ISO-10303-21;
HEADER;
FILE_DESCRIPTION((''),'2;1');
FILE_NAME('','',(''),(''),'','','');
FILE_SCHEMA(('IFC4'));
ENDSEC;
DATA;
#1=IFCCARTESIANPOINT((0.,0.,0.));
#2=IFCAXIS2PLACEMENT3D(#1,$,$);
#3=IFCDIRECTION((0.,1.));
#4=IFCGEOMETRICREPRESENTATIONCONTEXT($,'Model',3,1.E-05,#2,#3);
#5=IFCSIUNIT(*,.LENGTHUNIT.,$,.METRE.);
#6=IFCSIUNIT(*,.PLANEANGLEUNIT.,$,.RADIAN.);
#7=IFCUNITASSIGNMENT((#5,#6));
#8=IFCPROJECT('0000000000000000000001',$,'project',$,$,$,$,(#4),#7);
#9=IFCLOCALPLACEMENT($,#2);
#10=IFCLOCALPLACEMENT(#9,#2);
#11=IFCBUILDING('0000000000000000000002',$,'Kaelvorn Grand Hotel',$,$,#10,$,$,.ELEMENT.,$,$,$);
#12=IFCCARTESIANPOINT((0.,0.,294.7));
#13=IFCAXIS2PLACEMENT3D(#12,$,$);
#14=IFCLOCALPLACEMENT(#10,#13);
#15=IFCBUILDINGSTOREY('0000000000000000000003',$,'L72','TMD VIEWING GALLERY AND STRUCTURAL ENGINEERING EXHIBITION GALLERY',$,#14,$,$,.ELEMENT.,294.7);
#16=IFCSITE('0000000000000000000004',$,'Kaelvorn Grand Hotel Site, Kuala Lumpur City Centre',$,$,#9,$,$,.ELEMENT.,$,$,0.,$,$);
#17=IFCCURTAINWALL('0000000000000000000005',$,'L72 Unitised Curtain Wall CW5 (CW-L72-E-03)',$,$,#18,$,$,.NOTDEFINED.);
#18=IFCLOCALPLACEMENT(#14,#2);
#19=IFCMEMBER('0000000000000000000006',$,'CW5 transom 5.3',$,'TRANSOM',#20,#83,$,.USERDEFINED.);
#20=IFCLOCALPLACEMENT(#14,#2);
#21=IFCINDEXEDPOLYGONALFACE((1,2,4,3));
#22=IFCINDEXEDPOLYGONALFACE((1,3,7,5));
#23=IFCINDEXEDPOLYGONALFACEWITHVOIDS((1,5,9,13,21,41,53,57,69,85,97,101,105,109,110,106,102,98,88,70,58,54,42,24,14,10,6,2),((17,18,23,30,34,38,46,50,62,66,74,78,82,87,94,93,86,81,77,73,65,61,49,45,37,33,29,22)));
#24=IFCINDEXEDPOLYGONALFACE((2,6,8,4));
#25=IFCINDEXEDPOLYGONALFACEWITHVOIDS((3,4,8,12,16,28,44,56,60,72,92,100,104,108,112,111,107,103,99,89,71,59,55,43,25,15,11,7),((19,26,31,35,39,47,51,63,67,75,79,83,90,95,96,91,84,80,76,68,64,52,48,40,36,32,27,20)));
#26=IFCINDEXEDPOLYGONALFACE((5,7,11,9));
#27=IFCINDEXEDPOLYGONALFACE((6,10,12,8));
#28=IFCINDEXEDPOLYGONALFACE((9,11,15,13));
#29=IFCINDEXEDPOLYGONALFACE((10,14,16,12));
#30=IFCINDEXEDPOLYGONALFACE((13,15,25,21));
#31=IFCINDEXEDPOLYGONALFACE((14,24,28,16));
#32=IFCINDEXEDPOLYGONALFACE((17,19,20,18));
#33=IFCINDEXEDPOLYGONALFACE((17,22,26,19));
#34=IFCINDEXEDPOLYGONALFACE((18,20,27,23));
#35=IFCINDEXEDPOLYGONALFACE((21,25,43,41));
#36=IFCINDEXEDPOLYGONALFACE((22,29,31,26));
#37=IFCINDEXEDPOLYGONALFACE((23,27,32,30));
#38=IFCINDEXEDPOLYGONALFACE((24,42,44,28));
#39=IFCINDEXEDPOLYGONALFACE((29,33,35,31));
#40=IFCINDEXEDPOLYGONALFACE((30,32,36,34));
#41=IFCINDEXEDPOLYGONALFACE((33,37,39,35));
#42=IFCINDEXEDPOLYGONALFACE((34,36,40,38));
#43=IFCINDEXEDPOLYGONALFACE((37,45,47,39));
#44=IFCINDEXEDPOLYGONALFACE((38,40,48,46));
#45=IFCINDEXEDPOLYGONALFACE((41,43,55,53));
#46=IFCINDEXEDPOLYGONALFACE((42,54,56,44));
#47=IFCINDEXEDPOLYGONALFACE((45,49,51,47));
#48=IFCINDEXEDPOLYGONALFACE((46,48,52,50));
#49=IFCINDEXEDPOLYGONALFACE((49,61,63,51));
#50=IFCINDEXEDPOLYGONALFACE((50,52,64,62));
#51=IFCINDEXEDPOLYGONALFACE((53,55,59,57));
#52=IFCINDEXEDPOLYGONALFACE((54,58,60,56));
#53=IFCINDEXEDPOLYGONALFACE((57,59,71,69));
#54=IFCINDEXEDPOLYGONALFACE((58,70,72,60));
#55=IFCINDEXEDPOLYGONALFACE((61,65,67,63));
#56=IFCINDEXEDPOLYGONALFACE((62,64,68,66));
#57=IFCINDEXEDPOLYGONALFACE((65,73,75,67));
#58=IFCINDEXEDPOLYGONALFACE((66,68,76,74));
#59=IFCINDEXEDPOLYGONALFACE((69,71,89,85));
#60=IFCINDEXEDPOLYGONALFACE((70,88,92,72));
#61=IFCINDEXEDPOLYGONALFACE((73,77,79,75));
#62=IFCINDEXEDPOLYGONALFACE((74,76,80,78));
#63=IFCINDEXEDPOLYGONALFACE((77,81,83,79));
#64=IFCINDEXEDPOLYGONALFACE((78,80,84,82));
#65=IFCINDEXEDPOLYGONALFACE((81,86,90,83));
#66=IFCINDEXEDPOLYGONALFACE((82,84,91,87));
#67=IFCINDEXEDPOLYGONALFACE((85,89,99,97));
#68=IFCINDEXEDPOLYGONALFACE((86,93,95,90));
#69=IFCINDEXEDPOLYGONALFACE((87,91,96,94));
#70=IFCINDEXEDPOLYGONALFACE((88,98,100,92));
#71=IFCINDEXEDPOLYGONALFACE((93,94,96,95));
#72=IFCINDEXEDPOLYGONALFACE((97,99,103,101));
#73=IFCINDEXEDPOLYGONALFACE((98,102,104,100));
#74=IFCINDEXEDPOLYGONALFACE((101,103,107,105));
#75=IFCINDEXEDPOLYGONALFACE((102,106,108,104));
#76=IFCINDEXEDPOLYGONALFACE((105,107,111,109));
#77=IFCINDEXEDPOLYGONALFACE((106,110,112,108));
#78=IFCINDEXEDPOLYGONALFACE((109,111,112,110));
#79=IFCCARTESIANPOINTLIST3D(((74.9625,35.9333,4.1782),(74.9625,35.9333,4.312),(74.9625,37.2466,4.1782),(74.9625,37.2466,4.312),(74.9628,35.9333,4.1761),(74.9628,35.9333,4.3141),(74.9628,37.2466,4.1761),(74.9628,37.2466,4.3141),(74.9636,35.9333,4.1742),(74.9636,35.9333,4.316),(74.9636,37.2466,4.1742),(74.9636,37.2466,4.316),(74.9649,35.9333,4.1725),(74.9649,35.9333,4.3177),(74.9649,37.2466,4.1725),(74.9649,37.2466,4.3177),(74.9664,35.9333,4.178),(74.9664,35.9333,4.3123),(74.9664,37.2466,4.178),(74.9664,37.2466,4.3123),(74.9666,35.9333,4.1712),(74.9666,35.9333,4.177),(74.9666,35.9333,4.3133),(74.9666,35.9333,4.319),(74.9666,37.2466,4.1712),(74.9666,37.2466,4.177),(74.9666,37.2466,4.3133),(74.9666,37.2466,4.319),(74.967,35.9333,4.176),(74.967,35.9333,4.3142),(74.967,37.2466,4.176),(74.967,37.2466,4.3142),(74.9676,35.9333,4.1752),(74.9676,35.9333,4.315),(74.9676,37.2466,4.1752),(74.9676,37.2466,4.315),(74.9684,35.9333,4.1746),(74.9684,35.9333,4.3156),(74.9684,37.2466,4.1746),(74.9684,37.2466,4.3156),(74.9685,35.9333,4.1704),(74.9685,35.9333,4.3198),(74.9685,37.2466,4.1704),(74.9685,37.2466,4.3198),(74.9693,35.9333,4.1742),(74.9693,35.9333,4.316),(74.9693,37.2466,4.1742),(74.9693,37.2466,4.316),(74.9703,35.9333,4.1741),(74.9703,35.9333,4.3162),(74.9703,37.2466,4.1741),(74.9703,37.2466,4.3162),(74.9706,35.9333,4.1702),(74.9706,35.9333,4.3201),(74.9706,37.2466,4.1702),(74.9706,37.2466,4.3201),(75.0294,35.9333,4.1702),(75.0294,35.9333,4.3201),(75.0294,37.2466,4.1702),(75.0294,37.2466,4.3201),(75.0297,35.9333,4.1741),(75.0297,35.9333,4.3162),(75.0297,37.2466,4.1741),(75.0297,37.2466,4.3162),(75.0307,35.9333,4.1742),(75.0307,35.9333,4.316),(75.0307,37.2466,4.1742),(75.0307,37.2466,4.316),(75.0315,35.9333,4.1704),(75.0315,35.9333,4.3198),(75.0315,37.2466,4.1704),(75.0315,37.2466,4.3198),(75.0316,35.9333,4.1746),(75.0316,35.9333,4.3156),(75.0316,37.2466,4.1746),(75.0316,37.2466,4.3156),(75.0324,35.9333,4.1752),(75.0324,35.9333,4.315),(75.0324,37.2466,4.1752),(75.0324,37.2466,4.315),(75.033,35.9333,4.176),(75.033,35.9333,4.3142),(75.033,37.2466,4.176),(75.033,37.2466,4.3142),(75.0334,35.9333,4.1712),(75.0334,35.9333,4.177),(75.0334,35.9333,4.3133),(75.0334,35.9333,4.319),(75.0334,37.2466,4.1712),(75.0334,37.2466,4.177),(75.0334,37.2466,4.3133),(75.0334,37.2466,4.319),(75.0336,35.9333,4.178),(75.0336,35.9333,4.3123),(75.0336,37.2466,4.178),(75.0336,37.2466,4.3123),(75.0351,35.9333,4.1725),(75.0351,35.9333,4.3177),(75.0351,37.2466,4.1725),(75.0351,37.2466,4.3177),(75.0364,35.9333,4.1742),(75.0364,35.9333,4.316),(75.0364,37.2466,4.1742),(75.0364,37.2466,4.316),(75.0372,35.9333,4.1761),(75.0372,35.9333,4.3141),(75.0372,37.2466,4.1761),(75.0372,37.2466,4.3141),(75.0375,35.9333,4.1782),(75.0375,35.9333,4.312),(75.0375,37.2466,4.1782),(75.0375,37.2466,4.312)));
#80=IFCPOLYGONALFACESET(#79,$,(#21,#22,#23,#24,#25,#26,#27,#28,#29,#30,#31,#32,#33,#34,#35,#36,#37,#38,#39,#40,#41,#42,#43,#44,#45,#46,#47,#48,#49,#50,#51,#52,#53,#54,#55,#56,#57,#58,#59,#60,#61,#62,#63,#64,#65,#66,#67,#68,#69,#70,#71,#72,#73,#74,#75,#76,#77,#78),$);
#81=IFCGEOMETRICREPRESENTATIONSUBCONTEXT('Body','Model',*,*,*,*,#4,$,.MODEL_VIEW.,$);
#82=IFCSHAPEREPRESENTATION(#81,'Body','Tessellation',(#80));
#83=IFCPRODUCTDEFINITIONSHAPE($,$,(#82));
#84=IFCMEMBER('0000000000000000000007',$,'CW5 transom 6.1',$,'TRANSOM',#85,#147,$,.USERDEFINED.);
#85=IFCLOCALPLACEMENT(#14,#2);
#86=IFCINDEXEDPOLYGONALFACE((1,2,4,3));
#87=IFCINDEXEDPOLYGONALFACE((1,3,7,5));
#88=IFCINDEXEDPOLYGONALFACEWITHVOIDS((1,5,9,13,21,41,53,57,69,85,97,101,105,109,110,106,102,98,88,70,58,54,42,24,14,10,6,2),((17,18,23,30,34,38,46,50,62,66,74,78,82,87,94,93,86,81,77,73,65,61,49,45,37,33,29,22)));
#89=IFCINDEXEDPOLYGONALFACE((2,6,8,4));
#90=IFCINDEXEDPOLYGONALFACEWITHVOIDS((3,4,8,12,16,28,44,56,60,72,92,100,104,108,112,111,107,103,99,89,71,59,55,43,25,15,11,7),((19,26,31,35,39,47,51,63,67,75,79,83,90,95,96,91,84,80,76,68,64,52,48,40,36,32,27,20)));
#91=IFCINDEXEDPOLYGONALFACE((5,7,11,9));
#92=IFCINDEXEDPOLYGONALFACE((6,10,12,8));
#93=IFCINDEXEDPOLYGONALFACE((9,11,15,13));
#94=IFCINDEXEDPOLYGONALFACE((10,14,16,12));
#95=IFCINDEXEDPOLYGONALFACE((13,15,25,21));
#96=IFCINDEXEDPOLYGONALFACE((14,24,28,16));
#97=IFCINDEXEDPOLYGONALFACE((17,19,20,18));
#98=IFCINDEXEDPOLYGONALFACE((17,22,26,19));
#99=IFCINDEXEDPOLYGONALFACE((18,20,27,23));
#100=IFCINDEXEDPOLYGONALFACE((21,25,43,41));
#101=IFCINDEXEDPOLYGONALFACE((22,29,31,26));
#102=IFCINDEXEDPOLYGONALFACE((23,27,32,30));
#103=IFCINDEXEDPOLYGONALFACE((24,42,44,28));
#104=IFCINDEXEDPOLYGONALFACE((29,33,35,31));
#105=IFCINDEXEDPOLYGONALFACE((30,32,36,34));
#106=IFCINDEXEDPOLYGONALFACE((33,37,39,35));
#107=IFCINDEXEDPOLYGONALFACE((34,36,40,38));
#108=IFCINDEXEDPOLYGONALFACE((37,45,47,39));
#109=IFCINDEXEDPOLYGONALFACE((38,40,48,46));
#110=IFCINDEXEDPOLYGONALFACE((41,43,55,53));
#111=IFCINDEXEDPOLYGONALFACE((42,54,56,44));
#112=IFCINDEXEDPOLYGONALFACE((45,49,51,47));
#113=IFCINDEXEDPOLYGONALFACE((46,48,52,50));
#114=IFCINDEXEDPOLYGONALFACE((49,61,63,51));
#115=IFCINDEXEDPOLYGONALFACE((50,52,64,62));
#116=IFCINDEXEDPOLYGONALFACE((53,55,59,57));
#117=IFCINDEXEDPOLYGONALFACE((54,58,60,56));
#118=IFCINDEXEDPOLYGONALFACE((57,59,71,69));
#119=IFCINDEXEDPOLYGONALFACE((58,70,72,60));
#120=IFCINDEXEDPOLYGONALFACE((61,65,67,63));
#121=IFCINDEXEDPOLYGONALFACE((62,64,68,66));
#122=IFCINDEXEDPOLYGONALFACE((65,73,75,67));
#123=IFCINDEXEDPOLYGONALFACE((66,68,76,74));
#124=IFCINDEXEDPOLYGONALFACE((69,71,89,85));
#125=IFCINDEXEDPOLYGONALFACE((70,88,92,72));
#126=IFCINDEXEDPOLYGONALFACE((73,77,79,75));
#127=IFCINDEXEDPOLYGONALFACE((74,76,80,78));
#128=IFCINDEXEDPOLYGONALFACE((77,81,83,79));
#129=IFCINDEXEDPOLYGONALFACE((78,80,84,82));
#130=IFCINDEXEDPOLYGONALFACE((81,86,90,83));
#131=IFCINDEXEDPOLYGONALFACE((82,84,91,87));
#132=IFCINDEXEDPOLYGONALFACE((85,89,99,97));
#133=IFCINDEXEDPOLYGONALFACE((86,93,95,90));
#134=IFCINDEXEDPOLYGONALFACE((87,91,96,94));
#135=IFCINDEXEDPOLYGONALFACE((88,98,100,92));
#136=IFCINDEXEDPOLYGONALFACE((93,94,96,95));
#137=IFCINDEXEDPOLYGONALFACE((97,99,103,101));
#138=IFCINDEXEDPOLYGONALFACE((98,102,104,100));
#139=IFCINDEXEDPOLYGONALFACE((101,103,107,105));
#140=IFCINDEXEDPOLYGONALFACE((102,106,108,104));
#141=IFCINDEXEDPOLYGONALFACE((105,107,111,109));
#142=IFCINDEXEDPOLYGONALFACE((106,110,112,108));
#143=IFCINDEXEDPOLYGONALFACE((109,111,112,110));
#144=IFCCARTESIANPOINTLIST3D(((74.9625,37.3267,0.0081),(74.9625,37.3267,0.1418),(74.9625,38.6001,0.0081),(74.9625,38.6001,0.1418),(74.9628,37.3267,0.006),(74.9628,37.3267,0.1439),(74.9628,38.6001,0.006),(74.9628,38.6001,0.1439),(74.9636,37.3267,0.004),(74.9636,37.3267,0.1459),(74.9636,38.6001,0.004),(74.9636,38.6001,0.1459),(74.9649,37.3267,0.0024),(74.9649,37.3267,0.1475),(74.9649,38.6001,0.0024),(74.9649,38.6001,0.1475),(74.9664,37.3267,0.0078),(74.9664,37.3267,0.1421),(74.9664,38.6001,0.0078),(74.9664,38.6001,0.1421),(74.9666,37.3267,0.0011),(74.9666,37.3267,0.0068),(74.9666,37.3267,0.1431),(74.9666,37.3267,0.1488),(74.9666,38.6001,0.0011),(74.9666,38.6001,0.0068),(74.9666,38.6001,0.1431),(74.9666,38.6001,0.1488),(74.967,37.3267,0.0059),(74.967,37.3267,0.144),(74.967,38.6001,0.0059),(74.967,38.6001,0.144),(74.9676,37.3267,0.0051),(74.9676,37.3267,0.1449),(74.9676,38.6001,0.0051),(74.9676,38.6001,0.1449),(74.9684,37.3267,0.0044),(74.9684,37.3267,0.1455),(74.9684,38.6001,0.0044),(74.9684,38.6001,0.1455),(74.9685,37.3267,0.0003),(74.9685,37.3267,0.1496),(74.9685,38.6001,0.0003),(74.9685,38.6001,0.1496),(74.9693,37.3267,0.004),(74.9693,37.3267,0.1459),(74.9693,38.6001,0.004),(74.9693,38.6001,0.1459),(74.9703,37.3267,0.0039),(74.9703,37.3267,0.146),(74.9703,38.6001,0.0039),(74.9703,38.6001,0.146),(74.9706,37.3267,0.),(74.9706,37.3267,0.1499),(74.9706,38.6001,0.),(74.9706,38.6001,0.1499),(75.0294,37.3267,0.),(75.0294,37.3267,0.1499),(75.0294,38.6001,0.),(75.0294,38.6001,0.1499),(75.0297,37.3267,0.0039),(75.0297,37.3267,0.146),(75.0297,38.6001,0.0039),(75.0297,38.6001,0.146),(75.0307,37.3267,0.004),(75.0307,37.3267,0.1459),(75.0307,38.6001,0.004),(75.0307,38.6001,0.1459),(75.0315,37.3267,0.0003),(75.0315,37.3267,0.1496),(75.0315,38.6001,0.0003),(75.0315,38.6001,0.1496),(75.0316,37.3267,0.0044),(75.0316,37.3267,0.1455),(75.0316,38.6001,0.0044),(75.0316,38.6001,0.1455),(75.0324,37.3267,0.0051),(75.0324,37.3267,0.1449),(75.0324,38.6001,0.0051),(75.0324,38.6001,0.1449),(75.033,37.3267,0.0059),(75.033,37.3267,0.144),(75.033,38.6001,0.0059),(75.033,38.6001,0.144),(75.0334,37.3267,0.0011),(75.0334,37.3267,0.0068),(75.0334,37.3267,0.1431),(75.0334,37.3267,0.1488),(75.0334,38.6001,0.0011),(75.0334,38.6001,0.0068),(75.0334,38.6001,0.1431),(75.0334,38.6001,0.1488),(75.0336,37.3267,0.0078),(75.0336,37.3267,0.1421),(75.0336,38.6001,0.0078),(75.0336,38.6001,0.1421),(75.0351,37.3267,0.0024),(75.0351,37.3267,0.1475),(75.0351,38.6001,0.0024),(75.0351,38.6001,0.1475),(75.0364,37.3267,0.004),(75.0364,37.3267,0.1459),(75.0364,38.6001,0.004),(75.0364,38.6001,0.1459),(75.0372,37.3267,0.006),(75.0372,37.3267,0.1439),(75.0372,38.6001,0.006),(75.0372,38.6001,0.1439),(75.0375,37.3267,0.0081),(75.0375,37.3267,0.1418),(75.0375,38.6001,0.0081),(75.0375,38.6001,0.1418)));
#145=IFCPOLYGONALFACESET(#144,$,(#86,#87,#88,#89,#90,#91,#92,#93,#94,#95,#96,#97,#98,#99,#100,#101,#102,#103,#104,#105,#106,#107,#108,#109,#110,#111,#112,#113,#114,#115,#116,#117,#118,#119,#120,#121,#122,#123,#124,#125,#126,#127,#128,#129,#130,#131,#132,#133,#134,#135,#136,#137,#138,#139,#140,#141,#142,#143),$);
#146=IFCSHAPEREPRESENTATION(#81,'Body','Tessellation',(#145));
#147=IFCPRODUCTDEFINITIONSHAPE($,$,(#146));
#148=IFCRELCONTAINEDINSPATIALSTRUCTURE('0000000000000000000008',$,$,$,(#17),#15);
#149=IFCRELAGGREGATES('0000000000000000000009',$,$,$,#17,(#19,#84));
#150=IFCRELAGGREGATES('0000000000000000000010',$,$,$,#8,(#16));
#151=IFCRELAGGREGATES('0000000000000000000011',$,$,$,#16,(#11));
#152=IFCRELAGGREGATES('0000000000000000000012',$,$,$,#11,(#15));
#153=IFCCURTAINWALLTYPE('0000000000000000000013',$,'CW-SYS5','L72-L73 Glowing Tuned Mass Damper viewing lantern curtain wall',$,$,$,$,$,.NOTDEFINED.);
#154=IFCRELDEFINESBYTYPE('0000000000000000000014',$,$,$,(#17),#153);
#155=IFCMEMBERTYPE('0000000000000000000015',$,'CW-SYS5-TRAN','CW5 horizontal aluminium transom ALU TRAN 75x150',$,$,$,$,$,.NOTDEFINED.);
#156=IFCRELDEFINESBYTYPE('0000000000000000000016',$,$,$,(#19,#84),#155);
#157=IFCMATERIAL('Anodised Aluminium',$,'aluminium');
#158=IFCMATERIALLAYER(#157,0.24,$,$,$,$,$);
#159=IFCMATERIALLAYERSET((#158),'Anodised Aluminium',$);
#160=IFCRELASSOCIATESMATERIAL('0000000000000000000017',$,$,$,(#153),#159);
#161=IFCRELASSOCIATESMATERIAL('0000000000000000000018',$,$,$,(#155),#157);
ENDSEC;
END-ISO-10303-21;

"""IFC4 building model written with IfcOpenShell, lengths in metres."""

from ifc_helpers import new_model, si_unit, direction, frame, origin, origin_2d, place, context, subcontext, project, spatial, hollow_rectangle, extrude, material, layer, layer_set, material_profile, profile_set, type_object, element, aggregate, save


model = new_model("IFC4")

# Units and contexts
model_context = context("Model", 3, precision=1e-05, world=origin(), true_north=direction((0.0, 1.0)))
body_context = subcontext(model_context, "Body", "Model", "MODEL_VIEW")
ifc_project = project(units=[si_unit("LENGTHUNIT", "METRE"), si_unit("PLANEANGLEUNIT", "RADIAN")], contexts=[model_context])

# Site, building, storey
site_placement = place(None, origin())
site = spatial("IfcSite", under=ifc_project, at=site_placement, Name="Kaelvorn Grand Hotel Site, Kuala Lumpur City Centre", CompositionType="ELEMENT", RefElevation=0.0)
building_placement = place(site_placement, origin())
building = spatial("IfcBuilding", under=site, at=building_placement, Name="Kaelvorn Grand Hotel", CompositionType="ELEMENT")
storey_placement = place(building_placement, frame((0.0, 0.0, 294.7)))
storey = spatial("IfcBuildingStorey", under=building, at=storey_placement, Name="L72", Description="TMD VIEWING GALLERY AND STRUCTURAL ENGINEERING EXHIBITION GALLERY", CompositionType="ELEMENT", Elevation=294.7)

# Curtain wall, members
ifc_material_1 = material(Name="Anodised Aluminium", Category="aluminium")
ifc_layer_1 = layer(ifc_material_1, 0.24)
ifc_layer_set_1 = layer_set([ifc_layer_1], Name="Anodised Aluminium")
curtain_wall_type = type_object("IfcCurtainWallType", Name="CW-SYS5", Description="L72-L73 Glowing Tuned Mass Damper viewing lantern curtain wall", PredefinedType="NOTDEFINED", material=ifc_layer_set_1)
curtain_wall_placement = place(storey_placement, origin())
curtain_wall = element("IfcCurtainWall", 1, at=curtain_wall_placement, inside=storey, type_object=curtain_wall_type, Name="L72 Unitised Curtain Wall CW5 (CW-L72-E-03)", PredefinedType="NOTDEFINED")
ifc_material_profile_1 = material_profile(ifc_material_1, hollow_rectangle(XDim=0.075, YDim=0.1499, WallThickness=0.0039, InnerFilletRadius=0.0039, OuterFilletRadius=0.0081, at=origin_2d()), Name="ALU TRAN 75x150")
ifc_profile_set_1 = profile_set([ifc_material_profile_1], Name="Anodised Aluminium")
member_type_1 = type_object("IfcMemberType", Name="CW-SYS5-TRAN", Description="CW5 horizontal aluminium transom ALU TRAN 75x150", PredefinedType="NOTDEFINED", material=ifc_profile_set_1)
member_1_placement = place(storey_placement, frame((75.0, 35.9333, 4.2451), z_axis=(0.0, 1.0, 0.0), x_axis=(-1.0, 0.0, 0.0)))
member_1 = element("IfcMember", 2, at=member_1_placement, type_object=member_type_1, Name="CW5 transom 5.3", ObjectType="TRANSOM", PredefinedType="USERDEFINED", context=body_context, shape_type="SweptSolid", body=[
    extrude(hollow_rectangle(XDim=0.075, YDim=0.1499, WallThickness=0.0039, InnerFilletRadius=0.0039, OuterFilletRadius=0.0081, at=origin_2d()), origin(), (0.0, 0.0, 1.0), 1.3132),
])
member_2_placement = place(storey_placement, frame((75.0, 37.3267, 0.075), z_axis=(0.0, 1.0, 0.0), x_axis=(-1.0, 0.0, 0.0)))
member_2 = element("IfcMember", 3, at=member_2_placement, type_object=member_type_1, Name="CW5 transom 6.1", ObjectType="TRANSOM", PredefinedType="USERDEFINED", context=body_context, shape_type="SweptSolid", body=[
    extrude(hollow_rectangle(XDim=0.075, YDim=0.1499, WallThickness=0.0039, InnerFilletRadius=0.0039, OuterFilletRadius=0.0081, at=origin_2d()), origin(), (0.0, 0.0, 1.0), 1.2734),
])
aggregate(curtain_wall, [member_1, member_2])

save(model, "model.ifc")
